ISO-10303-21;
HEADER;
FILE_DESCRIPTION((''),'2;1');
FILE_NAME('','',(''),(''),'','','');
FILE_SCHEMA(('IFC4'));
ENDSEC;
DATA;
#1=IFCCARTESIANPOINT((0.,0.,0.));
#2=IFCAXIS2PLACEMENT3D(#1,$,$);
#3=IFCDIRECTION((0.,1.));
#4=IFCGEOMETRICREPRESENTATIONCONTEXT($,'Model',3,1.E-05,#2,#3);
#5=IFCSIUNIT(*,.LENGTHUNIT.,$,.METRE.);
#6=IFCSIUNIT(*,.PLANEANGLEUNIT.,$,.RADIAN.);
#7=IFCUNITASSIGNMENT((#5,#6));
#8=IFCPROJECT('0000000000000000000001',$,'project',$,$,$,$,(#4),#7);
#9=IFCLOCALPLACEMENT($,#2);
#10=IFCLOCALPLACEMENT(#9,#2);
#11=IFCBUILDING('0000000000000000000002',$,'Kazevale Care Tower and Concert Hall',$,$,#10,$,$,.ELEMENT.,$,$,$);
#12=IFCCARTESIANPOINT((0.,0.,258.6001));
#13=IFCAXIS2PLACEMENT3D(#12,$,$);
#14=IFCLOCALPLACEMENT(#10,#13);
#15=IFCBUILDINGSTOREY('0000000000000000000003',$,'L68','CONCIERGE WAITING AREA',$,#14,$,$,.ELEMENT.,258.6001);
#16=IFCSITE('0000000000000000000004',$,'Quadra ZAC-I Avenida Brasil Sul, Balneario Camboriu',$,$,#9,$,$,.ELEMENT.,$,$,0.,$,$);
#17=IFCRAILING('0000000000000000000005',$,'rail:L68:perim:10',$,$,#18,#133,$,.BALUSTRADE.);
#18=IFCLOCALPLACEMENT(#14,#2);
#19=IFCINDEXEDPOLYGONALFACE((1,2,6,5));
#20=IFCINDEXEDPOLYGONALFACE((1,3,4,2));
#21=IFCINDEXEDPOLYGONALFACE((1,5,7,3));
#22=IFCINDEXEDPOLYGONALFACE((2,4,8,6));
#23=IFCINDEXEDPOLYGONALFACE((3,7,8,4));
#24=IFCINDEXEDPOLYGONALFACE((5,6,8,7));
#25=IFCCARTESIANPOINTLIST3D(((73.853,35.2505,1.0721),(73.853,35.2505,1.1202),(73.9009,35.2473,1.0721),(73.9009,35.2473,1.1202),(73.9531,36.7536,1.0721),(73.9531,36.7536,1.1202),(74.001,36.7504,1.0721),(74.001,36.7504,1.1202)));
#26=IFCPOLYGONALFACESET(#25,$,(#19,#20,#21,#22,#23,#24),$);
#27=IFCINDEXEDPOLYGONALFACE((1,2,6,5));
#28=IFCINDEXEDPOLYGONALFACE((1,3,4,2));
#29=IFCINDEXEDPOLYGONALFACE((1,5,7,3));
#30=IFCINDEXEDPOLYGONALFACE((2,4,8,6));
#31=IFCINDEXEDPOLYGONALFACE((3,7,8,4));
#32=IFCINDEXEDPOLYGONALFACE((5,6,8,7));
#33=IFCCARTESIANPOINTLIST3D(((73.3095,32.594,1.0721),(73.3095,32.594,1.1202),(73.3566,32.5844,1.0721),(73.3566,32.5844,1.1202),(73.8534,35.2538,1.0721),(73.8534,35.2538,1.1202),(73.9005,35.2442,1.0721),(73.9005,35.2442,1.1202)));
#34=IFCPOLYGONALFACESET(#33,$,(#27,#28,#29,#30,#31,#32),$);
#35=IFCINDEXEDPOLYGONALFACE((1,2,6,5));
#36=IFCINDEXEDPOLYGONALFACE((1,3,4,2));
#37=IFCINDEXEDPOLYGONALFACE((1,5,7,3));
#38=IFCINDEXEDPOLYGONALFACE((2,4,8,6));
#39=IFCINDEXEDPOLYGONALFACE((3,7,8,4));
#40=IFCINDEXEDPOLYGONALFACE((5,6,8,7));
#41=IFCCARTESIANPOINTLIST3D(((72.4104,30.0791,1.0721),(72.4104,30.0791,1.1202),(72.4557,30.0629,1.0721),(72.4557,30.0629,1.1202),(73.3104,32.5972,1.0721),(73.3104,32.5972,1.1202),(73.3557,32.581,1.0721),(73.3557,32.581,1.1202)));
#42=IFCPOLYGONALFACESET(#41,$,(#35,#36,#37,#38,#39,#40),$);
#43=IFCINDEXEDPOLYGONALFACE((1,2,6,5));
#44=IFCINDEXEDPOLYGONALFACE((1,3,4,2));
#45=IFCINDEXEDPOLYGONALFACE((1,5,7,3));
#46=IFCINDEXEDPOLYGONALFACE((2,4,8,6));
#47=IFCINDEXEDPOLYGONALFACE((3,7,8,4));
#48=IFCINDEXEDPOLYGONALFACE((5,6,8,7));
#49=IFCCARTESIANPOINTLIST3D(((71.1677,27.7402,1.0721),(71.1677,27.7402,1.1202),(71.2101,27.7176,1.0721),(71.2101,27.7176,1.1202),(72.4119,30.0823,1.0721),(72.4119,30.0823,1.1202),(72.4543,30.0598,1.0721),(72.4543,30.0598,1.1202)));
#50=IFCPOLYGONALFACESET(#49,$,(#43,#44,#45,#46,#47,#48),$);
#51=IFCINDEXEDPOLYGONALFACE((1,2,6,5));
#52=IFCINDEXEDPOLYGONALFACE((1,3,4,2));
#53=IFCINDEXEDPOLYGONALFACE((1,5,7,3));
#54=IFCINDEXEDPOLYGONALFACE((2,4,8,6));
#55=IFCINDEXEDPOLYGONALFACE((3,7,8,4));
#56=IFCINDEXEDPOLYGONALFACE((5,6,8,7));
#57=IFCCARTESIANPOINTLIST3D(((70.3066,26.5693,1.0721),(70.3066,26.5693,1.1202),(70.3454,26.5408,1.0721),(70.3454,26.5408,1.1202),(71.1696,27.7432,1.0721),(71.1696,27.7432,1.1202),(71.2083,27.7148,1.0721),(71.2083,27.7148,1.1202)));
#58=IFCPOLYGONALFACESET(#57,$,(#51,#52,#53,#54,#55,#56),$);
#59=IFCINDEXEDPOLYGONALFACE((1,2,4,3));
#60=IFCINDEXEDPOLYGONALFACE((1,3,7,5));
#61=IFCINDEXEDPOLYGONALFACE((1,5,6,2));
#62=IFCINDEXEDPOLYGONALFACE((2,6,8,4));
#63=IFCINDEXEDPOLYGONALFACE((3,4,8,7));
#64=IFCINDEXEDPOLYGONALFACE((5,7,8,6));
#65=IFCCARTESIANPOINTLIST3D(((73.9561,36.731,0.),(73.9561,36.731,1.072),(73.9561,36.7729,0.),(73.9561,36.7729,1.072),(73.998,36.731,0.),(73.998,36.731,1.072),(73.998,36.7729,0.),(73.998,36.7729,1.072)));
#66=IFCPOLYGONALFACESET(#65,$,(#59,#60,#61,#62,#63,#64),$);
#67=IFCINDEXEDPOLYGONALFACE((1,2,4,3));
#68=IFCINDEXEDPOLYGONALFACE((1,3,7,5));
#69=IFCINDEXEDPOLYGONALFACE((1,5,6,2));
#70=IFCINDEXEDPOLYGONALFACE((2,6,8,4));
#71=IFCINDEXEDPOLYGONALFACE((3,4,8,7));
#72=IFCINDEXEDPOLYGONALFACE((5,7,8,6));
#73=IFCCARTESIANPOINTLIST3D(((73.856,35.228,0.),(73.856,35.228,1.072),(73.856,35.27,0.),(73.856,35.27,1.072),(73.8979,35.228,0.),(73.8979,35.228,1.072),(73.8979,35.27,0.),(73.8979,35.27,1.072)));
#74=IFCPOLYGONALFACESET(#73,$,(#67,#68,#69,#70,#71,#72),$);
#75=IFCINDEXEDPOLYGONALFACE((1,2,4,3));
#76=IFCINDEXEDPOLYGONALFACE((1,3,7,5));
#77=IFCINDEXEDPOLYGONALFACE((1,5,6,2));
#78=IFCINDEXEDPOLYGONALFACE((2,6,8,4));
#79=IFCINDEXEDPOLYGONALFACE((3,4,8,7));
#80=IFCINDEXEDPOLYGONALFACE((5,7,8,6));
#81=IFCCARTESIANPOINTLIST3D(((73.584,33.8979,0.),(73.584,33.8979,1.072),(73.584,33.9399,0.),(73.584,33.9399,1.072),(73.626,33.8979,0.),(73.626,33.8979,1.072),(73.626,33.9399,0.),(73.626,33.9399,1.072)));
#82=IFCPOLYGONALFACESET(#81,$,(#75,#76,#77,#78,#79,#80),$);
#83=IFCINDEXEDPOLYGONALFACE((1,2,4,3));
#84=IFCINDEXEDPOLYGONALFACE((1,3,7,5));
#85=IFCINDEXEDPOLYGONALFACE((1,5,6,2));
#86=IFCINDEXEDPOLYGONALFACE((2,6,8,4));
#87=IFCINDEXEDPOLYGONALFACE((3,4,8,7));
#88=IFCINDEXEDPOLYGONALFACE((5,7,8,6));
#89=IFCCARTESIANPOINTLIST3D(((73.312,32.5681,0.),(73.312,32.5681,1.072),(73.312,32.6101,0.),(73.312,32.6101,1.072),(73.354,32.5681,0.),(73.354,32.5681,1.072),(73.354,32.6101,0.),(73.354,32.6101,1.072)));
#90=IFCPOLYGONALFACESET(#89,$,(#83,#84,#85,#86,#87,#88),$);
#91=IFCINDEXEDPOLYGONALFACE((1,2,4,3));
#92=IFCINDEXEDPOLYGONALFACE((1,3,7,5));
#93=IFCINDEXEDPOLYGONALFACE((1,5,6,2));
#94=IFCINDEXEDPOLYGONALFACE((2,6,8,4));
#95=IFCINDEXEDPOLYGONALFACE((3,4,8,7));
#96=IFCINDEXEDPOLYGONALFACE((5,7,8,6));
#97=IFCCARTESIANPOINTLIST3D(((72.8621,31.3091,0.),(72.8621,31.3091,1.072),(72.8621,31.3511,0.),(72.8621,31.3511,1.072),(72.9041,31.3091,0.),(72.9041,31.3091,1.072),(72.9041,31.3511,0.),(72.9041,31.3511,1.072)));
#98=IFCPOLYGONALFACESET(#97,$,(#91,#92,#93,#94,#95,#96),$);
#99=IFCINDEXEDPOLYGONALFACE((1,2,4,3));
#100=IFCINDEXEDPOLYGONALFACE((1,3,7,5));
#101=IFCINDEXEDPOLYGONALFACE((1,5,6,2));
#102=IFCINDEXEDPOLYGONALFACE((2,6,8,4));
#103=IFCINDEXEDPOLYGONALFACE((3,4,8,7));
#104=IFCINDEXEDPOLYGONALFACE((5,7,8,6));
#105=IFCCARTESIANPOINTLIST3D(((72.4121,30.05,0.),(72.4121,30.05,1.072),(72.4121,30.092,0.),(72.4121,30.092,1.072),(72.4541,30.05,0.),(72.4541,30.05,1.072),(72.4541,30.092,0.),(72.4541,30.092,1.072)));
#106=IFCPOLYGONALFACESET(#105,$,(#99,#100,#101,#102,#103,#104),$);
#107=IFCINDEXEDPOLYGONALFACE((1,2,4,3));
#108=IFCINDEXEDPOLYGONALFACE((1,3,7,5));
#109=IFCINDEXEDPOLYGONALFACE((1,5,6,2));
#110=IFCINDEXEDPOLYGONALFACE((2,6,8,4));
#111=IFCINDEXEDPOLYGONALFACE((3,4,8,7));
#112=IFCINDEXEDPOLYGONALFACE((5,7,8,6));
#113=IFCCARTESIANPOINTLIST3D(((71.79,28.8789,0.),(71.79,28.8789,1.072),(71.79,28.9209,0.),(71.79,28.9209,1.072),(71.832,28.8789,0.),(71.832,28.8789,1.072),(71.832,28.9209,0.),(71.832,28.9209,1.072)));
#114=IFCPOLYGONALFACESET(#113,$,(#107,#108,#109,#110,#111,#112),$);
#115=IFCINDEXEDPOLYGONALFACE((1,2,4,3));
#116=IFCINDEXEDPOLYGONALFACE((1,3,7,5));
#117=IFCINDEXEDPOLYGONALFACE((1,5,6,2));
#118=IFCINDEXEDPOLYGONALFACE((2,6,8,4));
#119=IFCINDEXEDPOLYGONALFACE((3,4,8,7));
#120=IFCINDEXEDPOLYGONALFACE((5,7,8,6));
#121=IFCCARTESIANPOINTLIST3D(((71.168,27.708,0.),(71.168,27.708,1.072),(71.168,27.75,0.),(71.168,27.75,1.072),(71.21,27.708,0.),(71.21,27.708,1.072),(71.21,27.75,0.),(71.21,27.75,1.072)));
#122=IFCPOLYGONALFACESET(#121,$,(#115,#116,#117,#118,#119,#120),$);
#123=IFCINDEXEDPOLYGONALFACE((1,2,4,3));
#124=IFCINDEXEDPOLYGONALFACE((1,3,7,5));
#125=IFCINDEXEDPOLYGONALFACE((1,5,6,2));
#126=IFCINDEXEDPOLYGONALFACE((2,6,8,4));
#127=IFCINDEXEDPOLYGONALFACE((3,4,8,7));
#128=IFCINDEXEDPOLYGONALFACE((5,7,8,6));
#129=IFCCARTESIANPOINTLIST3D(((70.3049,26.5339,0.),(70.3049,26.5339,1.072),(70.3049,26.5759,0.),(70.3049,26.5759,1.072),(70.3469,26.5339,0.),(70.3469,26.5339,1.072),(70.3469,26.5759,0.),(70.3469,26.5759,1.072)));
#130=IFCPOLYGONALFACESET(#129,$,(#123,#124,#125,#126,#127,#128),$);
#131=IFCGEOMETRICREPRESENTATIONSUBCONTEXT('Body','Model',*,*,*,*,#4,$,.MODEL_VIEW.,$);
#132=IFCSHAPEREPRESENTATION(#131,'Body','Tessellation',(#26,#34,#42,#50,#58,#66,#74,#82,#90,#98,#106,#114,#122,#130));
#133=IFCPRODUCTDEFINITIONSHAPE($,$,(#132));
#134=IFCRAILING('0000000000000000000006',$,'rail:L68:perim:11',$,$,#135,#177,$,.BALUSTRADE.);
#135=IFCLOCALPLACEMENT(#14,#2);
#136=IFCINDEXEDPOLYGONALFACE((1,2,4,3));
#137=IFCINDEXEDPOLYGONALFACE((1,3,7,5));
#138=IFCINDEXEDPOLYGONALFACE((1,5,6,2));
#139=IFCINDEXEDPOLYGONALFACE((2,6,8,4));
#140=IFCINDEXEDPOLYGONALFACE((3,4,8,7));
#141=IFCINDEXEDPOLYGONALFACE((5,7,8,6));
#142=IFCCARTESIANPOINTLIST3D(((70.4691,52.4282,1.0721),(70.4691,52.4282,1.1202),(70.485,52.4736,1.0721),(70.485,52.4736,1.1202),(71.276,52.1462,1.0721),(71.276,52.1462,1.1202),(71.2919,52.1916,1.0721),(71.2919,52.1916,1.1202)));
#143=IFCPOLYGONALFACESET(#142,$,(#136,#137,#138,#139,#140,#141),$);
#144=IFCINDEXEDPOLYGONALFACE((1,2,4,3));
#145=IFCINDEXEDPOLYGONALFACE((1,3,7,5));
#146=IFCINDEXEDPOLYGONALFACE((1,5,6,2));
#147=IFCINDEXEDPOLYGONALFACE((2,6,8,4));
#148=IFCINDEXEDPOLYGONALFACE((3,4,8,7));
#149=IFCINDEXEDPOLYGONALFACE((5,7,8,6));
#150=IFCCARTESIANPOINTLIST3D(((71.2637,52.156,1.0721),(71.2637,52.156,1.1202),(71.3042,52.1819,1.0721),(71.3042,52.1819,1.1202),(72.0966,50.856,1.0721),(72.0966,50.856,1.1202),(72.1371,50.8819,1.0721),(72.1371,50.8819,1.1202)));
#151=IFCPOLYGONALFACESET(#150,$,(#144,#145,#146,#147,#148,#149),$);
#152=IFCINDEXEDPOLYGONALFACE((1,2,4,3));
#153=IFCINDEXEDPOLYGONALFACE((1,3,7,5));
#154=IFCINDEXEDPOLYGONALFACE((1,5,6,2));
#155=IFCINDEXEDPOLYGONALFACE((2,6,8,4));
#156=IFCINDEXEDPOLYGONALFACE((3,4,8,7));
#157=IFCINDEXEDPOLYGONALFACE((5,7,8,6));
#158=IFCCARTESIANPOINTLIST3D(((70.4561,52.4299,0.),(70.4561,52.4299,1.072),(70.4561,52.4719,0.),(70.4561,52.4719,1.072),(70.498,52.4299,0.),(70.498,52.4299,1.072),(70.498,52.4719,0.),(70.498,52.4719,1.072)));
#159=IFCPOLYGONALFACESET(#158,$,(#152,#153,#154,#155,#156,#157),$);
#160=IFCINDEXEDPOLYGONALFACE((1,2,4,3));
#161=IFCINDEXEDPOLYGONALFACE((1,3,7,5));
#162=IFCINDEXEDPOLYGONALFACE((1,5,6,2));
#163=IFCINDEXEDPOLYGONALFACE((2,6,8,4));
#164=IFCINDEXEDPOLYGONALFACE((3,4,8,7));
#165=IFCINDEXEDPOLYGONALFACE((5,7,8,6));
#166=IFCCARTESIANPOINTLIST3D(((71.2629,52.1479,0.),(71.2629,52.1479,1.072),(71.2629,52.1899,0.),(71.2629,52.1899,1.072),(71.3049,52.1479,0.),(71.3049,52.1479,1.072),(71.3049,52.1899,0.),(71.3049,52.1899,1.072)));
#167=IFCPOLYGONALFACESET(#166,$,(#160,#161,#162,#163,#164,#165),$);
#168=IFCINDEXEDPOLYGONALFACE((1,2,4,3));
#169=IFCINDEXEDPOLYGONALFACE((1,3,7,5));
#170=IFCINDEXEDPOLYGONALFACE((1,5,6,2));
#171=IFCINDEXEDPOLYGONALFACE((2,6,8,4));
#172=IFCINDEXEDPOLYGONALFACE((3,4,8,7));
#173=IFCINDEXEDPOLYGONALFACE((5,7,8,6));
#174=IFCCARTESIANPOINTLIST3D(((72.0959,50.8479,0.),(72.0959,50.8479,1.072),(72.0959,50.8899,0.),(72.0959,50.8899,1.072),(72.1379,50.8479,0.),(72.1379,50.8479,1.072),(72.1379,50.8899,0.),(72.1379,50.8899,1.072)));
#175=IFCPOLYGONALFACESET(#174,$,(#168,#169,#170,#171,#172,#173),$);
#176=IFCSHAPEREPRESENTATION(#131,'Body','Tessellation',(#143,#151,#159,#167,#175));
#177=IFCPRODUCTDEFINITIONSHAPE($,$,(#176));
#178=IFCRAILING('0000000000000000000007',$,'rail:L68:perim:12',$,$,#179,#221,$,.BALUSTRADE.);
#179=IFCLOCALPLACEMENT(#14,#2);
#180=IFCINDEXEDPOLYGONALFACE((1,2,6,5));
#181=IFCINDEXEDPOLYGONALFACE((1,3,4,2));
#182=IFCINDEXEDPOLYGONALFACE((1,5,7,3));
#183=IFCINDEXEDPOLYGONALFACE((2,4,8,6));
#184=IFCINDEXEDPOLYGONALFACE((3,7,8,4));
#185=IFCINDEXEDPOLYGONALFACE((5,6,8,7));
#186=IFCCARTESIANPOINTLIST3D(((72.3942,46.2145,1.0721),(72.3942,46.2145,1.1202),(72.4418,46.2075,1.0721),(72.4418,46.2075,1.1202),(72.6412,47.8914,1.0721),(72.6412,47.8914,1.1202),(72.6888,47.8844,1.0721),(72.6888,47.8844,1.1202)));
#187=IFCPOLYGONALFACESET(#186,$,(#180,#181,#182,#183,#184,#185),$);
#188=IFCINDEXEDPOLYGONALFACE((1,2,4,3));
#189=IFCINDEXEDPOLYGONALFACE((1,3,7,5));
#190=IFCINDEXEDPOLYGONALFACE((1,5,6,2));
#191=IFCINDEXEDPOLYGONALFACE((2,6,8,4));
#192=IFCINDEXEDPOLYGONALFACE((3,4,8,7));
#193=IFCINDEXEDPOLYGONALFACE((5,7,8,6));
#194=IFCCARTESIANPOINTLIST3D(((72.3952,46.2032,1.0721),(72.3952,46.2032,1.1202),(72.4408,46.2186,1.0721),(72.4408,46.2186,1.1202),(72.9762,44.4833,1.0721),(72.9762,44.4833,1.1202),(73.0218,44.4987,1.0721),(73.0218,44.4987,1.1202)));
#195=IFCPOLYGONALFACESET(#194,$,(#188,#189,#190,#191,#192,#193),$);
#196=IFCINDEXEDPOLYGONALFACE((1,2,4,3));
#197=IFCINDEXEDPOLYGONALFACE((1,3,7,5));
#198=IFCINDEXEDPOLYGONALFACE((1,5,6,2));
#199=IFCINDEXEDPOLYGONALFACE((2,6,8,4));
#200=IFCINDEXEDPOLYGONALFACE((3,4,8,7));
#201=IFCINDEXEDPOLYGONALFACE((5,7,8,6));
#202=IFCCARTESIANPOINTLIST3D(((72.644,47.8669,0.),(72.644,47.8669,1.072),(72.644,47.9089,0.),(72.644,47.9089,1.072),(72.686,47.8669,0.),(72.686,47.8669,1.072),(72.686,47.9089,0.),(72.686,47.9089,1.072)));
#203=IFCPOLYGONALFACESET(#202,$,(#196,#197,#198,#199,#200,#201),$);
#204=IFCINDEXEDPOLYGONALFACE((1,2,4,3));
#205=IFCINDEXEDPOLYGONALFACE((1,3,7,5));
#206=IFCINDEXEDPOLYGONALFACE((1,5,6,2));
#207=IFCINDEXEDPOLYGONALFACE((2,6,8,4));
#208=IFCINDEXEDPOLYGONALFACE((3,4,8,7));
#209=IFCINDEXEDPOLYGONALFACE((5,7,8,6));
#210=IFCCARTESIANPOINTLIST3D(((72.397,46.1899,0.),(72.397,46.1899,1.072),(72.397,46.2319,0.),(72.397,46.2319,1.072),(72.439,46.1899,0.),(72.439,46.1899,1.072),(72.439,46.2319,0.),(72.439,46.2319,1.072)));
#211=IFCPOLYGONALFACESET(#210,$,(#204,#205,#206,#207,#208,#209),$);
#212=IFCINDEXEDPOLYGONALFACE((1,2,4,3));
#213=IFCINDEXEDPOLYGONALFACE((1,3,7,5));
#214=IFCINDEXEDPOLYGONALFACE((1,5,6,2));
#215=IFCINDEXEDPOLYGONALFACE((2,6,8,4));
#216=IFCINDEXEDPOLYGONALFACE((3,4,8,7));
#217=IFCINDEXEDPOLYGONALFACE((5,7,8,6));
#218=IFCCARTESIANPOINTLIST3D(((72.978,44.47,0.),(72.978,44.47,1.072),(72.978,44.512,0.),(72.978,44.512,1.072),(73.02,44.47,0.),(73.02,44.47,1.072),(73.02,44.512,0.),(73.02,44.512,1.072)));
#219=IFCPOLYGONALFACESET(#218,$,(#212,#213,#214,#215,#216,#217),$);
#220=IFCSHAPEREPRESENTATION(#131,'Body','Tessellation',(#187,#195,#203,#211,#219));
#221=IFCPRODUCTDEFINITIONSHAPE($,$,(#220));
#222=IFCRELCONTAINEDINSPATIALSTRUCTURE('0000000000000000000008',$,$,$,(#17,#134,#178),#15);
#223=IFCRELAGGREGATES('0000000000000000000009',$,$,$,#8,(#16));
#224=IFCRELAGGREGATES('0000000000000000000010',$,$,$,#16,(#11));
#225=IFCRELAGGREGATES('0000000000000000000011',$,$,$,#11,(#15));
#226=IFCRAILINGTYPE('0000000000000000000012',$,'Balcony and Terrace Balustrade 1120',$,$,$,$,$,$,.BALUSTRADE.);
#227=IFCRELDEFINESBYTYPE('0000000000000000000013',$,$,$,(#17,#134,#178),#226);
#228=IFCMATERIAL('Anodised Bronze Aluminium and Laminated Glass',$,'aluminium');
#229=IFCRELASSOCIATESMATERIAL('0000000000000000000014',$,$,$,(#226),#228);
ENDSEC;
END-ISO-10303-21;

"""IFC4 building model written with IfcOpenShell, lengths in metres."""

from ifc_helpers import new_model, si_unit, direction, frame, origin, origin_2d, place, context, subcontext, project, spatial, rectangle, extrude, material, type_object, element, save


model = new_model("IFC4")

# Units and contexts
model_context = context("Model", 3, precision=1e-05, world=origin(), true_north=direction((0.0, 1.0)))
body_context = subcontext(model_context, "Body", "Model", "MODEL_VIEW")
ifc_project = project(units=[si_unit("LENGTHUNIT", "METRE"), si_unit("PLANEANGLEUNIT", "RADIAN")], contexts=[model_context])

# Site, building, storey
site_placement = place(None, origin())
site = spatial("IfcSite", under=ifc_project, at=site_placement, Name="Quadra ZAC-I Avenida Brasil Sul, Balneario Camboriu", CompositionType="ELEMENT", RefElevation=0.0)
building_placement = place(site_placement, origin())
building = spatial("IfcBuilding", under=site, at=building_placement, Name="Kazevale Care Tower and Concert Hall", CompositionType="ELEMENT")
storey_placement = place(building_placement, frame((0.0, 0.0, 258.6001)))
storey = spatial("IfcBuildingStorey", under=building, at=storey_placement, Name="L68", Description="CONCIERGE WAITING AREA", CompositionType="ELEMENT", Elevation=258.6001)

# Railings
ifc_material_1 = material(Name="Anodised Bronze Aluminium and Laminated Glass", Category="aluminium")
railing_type = type_object("IfcRailingType", Name="Balcony and Terrace Balustrade 1120", PredefinedType="BALUSTRADE", material=ifc_material_1)
railing_1_placement = place(storey_placement, frame((73.9771, 36.752, 0.0)))
element("IfcRailing", 1, at=railing_1_placement, inside=storey, type_object=railing_type, Name="rail:L68:perim:10", PredefinedType="BALUSTRADE", context=body_context, shape_type="SweptSolid", body=[
    extrude(rectangle(XDim=0.0481, YDim=0.0481, at=origin_2d()), frame((0.0, 0.0, 1.0962), z_axis=(-0.066454, -0.997789, 0.0), x_axis=(0.997789, -0.066454, 0.0)), (0.0, 0.0, 1.0), 1.5063),
    extrude(rectangle(XDim=0.0481, YDim=0.0481, at=origin_2d()), frame((-0.1001, -1.5029, 1.0962), z_axis=(-0.200351, -0.979724, 0.0), x_axis=(0.979724, -0.200351, 0.0)), (0.0, 0.0, 1.0), 2.7148),
    extrude(rectangle(XDim=0.0481, YDim=0.0481, at=origin_2d()), frame((-0.644, -4.1628, 1.0962), z_axis=(-0.336533, -0.941672, 0.0), x_axis=(0.941672, -0.336533, 0.0)), (0.0, 0.0, 1.0), 2.6741),
    extrude(rectangle(XDim=0.0481, YDim=0.0481, at=origin_2d()), frame((-1.5439, -6.6809, 1.0962), z_axis=(-0.469135, -0.883126, 0.0), x_axis=(0.883126, -0.469135, 0.0)), (0.0, 0.0, 1.0), 2.6521),
    extrude(rectangle(XDim=0.0481, YDim=0.0481, at=origin_2d()), frame((-2.7881, -9.0229, 1.0962), z_axis=(-0.592278, -0.805733, 0.0), x_axis=(0.805733, -0.592278, 0.0)), (0.0, 0.0, 1.0), 1.457),
    extrude(rectangle(XDim=0.042, YDim=0.042, at=origin_2d()), origin(), (0.0, 0.0, 1.0), 1.072),
    extrude(rectangle(XDim=0.042, YDim=0.042, at=origin_2d()), frame((-0.1001, -1.5029, 0.0)), (0.0, 0.0, 1.0), 1.072),
    extrude(rectangle(XDim=0.042, YDim=0.042, at=origin_2d()), frame((-0.3721, -2.833, 0.0)), (0.0, 0.0, 1.0), 1.072),
    extrude(rectangle(XDim=0.042, YDim=0.042, at=origin_2d()), frame((-0.644, -4.1628, 0.0)), (0.0, 0.0, 1.0), 1.072),
    extrude(rectangle(XDim=0.042, YDim=0.042, at=origin_2d()), frame((-1.094, -5.4219, 0.0)), (0.0, 0.0, 1.0), 1.072),
    extrude(rectangle(XDim=0.042, YDim=0.042, at=origin_2d()), frame((-1.5439, -6.6809, 0.0)), (0.0, 0.0, 1.0), 1.072),
    extrude(rectangle(XDim=0.042, YDim=0.042, at=origin_2d()), frame((-2.166, -7.8521, 0.0)), (0.0, 0.0, 1.0), 1.072),
    extrude(rectangle(XDim=0.042, YDim=0.042, at=origin_2d()), frame((-2.7881, -9.0229, 0.0)), (0.0, 0.0, 1.0), 1.072),
    extrude(rectangle(XDim=0.042, YDim=0.042, at=origin_2d()), frame((-3.6511, -10.197, 0.0)), (0.0, 0.0, 1.0), 1.072),
])
railing_2_placement = place(storey_placement, frame((70.4771, 52.4509, 0.0)))
element("IfcRailing", 2, at=railing_2_placement, inside=storey, type_object=railing_type, Name="rail:L68:perim:11", PredefinedType="BALUSTRADE", context=body_context, shape_type="SweptSolid", body=[
    extrude(rectangle(XDim=0.0481, YDim=0.0481, at=origin_2d()), frame((0.0, 0.0, 1.0962), z_axis=(0.944014, -0.329905, 0.0), x_axis=(0.329905, 0.944014, 0.0)), (0.0, 0.0, 1.0), 0.8547),
    extrude(rectangle(XDim=0.0481, YDim=0.0481, at=origin_2d()), frame((0.8069, -0.282, 1.0962), z_axis=(0.539502, -0.841984, 0.0), x_axis=(0.841984, 0.539502, 0.0)), (0.0, 0.0, 1.0), 1.5439),
    extrude(rectangle(XDim=0.042, YDim=0.042, at=origin_2d()), origin(), (0.0, 0.0, 1.0), 1.072),
    extrude(rectangle(XDim=0.042, YDim=0.042, at=origin_2d()), frame((0.8069, -0.282, 0.0)), (0.0, 0.0, 1.0), 1.072),
    extrude(rectangle(XDim=0.042, YDim=0.042, at=origin_2d()), frame((1.6399, -1.582, 0.0)), (0.0, 0.0, 1.0), 1.072),
])
railing_3_placement = place(storey_placement, frame((72.665, 47.8879, 0.0)))
element("IfcRailing", 3, at=railing_3_placement, inside=storey, type_object=railing_type, Name="rail:L68:perim:12", PredefinedType="BALUSTRADE", context=body_context, shape_type="SweptSolid", body=[
    extrude(rectangle(XDim=0.0481, YDim=0.0481, at=origin_2d()), frame((0.0, 0.0, 1.0962), z_axis=(-0.145755, -0.989321, 0.0), x_axis=(0.989321, -0.145755, 0.0)), (0.0, 0.0, 1.0), 1.6951),
    extrude(rectangle(XDim=0.0481, YDim=0.0481, at=origin_2d()), frame((-0.2471, -1.677, 1.0962), z_axis=(0.320058, -0.947398, 0.0), x_axis=(0.947398, 0.320058, 0.0)), (0.0, 0.0, 1.0), 1.8154),
    extrude(rectangle(XDim=0.042, YDim=0.042, at=origin_2d()), origin(), (0.0, 0.0, 1.0), 1.072),
    extrude(rectangle(XDim=0.042, YDim=0.042, at=origin_2d()), frame((-0.2471, -1.677, 0.0)), (0.0, 0.0, 1.0), 1.072),
    extrude(rectangle(XDim=0.042, YDim=0.042, at=origin_2d()), frame((0.334, -3.397, 0.0)), (0.0, 0.0, 1.0), 1.072),
])

save(model, "model.ifc")
